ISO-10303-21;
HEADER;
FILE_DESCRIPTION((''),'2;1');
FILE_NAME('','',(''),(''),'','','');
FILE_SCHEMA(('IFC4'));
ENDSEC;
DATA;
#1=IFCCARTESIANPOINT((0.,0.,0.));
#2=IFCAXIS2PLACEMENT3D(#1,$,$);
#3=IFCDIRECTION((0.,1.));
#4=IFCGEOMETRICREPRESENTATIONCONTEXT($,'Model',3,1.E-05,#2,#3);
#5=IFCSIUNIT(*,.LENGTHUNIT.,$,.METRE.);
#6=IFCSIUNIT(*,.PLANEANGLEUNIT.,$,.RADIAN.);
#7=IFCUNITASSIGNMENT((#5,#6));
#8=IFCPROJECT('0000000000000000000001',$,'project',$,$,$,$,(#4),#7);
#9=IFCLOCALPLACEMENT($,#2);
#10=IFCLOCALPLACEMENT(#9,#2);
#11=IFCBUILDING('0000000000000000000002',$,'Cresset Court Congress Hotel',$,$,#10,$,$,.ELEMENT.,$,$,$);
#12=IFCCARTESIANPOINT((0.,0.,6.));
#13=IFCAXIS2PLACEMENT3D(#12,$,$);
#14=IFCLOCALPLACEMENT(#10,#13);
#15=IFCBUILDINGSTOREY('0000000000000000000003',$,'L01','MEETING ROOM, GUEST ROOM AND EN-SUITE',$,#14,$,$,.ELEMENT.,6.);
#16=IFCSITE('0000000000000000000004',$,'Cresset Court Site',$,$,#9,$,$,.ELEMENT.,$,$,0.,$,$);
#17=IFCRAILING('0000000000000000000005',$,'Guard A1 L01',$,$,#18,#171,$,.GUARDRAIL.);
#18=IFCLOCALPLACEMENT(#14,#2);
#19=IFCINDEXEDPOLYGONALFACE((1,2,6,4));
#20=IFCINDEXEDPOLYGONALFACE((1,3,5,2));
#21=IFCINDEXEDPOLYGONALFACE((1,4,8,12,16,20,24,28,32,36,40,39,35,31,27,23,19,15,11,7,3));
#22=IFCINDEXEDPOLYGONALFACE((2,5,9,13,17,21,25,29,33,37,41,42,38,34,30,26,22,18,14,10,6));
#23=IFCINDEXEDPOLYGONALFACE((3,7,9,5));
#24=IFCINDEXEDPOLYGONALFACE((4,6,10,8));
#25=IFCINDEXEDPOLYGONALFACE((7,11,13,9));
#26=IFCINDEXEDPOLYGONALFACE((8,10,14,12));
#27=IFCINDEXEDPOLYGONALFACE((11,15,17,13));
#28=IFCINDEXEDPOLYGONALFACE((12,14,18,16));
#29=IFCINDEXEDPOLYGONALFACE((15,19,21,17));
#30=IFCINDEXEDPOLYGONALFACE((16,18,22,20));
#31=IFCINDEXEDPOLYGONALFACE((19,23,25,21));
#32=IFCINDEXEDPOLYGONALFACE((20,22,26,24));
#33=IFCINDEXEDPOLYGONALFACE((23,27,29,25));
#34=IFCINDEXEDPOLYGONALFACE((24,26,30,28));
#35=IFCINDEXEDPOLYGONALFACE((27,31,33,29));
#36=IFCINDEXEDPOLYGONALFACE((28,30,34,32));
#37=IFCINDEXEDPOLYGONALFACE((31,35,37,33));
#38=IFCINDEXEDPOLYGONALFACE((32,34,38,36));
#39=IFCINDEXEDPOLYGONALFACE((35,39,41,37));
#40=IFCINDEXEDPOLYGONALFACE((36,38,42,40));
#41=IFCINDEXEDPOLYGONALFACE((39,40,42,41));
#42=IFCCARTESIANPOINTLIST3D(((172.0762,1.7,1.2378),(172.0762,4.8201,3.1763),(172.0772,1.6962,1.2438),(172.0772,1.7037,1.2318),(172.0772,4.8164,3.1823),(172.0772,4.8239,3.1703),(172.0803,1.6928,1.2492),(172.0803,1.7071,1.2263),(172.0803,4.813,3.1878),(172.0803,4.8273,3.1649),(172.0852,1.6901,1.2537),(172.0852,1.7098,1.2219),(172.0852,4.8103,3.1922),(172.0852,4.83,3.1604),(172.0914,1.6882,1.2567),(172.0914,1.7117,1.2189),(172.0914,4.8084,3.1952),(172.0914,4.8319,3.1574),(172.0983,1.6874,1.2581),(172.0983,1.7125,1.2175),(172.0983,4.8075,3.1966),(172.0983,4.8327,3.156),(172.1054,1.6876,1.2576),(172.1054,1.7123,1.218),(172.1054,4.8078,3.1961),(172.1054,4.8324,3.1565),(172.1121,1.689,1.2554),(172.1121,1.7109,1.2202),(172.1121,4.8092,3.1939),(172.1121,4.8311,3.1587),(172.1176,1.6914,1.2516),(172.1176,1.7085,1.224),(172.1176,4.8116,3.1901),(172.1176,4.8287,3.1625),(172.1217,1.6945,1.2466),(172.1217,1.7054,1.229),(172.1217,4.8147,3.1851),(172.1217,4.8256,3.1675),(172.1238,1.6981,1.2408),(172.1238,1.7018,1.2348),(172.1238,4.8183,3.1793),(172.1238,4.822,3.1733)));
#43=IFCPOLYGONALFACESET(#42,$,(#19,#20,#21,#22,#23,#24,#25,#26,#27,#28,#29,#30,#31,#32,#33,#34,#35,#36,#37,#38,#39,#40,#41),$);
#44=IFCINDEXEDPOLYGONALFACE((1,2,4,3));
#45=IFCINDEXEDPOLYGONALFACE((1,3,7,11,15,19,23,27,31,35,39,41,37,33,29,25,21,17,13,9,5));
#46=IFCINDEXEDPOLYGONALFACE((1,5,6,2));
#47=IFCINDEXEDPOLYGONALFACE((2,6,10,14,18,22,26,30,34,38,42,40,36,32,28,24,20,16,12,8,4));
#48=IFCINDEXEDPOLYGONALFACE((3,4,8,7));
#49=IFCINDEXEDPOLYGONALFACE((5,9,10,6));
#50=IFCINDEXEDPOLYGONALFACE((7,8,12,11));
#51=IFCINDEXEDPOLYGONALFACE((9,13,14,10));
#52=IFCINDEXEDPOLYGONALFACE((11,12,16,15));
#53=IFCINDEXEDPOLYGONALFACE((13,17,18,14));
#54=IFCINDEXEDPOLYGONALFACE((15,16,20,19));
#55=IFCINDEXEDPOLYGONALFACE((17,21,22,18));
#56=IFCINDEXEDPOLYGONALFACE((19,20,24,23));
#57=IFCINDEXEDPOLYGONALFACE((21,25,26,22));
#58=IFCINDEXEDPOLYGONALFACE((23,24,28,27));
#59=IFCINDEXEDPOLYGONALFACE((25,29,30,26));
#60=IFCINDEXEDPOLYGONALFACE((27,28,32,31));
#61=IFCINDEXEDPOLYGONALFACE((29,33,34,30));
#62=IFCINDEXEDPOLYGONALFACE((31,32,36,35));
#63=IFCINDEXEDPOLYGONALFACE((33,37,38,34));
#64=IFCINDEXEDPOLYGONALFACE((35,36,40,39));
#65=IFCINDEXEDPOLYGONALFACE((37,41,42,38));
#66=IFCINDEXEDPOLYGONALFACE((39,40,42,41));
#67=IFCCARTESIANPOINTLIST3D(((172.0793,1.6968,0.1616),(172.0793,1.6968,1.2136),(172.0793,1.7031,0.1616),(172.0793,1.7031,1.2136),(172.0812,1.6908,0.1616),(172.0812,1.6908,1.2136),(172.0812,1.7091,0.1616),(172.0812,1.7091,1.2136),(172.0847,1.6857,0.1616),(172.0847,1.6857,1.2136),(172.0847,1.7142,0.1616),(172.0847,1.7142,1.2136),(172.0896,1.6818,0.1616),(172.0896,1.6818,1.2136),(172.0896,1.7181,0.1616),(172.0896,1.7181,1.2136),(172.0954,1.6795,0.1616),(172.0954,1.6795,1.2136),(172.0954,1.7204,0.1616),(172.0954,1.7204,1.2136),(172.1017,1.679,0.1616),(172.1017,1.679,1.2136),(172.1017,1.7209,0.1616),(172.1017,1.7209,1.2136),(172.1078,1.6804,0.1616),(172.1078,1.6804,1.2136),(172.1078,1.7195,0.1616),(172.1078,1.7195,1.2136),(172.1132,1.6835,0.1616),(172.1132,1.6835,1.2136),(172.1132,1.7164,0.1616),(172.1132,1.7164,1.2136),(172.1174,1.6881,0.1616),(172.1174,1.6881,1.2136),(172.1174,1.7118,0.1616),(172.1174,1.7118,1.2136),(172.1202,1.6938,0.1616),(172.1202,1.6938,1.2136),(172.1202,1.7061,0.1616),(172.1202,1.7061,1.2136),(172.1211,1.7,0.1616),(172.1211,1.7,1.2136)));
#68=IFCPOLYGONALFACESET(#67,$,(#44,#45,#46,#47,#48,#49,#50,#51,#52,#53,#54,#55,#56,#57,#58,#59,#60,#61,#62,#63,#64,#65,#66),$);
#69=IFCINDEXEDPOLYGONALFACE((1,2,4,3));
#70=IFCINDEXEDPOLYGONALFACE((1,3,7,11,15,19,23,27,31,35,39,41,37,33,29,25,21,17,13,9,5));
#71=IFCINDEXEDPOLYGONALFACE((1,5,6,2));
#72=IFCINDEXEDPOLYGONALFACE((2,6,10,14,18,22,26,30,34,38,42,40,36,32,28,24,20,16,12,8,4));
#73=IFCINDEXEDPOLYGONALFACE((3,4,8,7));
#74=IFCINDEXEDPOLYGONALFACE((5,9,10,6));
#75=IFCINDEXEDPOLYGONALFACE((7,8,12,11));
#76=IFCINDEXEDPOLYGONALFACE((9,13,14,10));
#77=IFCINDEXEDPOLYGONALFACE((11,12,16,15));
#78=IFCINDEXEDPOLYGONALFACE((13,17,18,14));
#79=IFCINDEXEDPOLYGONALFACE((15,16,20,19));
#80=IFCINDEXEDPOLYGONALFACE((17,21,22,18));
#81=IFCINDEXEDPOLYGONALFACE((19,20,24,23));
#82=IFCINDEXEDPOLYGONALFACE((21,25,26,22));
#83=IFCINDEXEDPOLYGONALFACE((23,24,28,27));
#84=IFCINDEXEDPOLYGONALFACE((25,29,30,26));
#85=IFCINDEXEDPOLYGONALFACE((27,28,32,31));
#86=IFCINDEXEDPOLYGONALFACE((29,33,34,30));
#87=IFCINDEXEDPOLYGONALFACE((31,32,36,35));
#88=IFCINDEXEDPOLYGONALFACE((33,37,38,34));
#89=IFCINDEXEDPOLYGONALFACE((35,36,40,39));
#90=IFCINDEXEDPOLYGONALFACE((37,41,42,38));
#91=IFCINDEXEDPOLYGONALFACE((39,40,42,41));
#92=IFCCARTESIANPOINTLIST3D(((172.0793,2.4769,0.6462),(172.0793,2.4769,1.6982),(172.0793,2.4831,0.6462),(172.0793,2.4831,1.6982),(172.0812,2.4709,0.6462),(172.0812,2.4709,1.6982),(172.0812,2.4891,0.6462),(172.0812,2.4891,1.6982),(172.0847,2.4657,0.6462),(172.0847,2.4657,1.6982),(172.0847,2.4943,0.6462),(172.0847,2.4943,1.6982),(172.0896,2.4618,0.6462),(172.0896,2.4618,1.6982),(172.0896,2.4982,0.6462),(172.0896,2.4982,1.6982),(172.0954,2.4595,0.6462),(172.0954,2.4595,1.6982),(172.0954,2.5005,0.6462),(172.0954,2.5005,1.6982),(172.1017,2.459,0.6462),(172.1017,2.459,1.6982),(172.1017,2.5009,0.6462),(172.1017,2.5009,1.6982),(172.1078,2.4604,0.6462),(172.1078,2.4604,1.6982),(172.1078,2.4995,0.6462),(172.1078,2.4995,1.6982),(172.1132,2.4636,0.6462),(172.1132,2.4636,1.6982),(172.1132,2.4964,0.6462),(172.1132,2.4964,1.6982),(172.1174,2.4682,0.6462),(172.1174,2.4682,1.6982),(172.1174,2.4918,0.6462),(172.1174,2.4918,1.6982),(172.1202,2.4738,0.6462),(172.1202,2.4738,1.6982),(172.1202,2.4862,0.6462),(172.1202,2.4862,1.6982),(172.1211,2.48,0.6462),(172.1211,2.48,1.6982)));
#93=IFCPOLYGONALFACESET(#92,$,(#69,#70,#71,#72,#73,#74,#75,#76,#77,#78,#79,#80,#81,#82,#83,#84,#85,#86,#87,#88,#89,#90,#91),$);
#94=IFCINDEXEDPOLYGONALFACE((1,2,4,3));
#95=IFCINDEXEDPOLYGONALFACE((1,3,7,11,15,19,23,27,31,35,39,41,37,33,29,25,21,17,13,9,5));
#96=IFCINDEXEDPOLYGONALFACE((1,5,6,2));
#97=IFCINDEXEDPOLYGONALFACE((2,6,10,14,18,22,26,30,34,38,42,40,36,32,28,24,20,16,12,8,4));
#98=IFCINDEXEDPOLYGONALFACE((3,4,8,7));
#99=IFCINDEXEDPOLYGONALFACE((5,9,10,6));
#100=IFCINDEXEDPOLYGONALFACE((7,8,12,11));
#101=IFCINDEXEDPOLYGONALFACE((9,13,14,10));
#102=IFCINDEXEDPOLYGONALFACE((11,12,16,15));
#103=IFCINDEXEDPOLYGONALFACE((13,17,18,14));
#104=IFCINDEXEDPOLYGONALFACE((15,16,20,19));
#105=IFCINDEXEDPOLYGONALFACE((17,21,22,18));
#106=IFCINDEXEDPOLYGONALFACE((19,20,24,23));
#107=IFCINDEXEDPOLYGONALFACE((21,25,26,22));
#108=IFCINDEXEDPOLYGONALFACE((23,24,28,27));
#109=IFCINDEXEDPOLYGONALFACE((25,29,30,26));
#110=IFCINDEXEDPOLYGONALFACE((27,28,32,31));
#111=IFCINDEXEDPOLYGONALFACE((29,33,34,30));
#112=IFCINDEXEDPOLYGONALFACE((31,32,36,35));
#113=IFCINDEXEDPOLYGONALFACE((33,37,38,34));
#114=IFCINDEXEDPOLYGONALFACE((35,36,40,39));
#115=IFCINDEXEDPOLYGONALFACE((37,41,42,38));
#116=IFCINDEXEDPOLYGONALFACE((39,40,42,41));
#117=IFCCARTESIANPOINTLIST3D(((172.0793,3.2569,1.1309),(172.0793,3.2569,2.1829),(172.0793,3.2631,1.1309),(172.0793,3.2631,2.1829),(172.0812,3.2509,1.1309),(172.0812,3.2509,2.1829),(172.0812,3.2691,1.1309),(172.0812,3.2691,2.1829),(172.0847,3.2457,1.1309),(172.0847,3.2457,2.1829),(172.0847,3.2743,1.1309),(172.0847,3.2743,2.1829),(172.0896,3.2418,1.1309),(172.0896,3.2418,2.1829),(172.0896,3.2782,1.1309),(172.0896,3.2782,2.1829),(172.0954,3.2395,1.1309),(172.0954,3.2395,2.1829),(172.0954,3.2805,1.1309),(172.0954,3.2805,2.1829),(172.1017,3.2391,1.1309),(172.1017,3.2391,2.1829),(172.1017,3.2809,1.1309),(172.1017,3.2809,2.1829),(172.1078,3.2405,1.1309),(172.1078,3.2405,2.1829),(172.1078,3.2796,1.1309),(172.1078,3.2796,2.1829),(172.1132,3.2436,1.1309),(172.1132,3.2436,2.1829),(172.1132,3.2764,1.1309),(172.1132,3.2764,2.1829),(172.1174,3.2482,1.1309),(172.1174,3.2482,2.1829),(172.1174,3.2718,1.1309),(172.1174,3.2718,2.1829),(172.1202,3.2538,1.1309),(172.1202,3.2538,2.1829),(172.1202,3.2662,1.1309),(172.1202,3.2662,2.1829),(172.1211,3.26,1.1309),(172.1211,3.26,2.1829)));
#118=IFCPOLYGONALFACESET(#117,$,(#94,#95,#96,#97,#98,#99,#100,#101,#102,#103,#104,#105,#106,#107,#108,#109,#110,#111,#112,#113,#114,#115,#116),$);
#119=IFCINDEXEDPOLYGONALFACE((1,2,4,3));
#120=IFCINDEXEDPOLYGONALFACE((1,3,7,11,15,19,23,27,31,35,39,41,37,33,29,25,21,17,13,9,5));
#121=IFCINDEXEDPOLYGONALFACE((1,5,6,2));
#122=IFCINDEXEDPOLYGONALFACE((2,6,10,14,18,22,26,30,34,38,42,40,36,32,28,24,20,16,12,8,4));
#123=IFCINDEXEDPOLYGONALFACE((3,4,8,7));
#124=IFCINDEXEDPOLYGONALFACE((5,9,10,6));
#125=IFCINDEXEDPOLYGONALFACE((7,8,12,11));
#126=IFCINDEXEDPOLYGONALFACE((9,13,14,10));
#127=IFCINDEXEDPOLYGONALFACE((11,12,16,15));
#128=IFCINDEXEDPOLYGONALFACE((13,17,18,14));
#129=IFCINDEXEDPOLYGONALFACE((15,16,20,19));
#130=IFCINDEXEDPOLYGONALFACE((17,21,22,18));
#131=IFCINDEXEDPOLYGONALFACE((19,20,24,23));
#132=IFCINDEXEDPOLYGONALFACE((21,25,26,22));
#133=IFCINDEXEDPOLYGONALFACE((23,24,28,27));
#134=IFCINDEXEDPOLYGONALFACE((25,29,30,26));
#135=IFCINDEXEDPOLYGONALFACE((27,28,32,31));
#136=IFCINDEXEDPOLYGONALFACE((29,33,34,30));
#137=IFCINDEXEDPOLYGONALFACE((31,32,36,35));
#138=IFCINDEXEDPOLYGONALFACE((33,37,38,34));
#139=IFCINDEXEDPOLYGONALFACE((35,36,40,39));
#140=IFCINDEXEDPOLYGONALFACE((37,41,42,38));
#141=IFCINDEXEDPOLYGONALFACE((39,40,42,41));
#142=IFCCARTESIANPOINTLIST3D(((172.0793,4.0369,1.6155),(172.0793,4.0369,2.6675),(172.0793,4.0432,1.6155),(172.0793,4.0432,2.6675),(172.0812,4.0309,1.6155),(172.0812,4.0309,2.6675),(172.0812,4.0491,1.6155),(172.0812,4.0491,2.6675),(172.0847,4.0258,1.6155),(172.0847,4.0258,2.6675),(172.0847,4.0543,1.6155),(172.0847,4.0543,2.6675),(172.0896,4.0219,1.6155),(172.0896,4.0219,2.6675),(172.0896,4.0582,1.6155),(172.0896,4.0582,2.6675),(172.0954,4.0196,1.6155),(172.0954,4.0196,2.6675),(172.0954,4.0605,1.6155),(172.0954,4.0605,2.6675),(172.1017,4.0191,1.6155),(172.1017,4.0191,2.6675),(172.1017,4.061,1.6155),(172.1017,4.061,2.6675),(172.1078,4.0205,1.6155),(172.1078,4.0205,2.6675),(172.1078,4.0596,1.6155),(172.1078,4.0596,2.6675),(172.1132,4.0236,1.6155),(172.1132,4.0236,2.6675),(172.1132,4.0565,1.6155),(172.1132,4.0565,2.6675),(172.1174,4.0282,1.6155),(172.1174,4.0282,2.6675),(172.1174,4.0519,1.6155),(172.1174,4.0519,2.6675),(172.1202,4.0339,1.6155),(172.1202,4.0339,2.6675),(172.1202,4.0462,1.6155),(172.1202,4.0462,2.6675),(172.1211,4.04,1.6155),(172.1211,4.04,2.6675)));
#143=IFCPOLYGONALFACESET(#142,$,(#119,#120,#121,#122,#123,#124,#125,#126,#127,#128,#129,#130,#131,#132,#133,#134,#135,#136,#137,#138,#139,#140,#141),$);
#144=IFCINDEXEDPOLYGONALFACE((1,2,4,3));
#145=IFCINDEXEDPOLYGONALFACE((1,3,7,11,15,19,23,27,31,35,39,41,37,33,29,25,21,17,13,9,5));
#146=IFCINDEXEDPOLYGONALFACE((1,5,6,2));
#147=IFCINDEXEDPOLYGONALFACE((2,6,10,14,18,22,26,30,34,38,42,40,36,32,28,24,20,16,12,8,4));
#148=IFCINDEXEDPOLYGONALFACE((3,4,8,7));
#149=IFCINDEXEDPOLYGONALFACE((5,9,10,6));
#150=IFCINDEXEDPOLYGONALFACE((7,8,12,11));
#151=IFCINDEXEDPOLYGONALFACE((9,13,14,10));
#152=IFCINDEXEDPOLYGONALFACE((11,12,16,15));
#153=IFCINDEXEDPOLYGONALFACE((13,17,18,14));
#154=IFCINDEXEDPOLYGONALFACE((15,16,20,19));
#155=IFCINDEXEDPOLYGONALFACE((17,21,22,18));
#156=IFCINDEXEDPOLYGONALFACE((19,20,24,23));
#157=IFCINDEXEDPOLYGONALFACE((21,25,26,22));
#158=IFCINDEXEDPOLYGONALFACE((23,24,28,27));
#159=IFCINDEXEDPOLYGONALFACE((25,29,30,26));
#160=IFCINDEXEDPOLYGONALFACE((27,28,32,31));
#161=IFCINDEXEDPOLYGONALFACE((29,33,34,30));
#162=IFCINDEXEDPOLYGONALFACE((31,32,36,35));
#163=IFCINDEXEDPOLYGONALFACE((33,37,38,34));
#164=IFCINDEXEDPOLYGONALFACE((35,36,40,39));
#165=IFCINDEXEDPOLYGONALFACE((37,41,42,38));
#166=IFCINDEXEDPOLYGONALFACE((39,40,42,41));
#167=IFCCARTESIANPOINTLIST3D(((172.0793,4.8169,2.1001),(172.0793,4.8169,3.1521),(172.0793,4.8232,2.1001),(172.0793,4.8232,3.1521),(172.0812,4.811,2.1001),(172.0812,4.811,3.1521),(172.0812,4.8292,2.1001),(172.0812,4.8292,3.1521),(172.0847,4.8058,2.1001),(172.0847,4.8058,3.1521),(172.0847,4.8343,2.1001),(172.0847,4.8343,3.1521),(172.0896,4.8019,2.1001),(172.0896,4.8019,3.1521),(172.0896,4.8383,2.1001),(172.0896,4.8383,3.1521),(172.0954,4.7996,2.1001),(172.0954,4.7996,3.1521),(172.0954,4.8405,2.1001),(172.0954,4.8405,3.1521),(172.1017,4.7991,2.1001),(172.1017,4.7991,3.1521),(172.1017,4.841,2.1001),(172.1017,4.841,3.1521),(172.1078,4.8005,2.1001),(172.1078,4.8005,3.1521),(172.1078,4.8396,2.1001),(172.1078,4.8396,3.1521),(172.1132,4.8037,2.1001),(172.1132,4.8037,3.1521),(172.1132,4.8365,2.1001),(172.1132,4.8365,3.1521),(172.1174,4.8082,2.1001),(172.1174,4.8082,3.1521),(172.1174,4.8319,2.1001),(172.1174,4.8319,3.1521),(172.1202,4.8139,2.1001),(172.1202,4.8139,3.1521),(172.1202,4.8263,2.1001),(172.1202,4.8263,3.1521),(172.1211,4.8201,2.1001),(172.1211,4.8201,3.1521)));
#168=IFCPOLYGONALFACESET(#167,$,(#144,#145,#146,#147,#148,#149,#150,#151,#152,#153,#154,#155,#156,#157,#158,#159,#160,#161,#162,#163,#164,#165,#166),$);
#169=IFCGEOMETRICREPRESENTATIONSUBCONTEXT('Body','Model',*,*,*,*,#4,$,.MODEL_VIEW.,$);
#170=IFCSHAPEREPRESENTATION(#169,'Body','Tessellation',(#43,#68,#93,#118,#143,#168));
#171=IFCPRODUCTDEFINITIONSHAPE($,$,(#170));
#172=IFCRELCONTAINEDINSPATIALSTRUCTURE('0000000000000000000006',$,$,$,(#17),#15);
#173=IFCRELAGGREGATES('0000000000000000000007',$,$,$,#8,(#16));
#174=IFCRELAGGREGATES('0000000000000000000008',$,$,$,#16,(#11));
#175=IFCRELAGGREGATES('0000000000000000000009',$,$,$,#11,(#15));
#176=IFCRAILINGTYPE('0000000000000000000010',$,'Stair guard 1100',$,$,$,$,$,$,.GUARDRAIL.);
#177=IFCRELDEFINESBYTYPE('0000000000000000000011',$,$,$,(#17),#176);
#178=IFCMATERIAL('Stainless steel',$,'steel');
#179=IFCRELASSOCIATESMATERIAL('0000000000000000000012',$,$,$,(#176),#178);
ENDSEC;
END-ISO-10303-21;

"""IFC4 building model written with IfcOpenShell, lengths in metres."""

from ifc_helpers import new_model, si_unit, direction, frame, origin, origin_2d, place, context, subcontext, project, spatial, circle, extrude, material, type_object, element, save


model = new_model("IFC4")

# Units and contexts
model_context = context("Model", 3, precision=1e-05, world=origin(), true_north=direction((0.0, 1.0)))
body_context = subcontext(model_context, "Body", "Model", "MODEL_VIEW")
ifc_project = project(units=[si_unit("LENGTHUNIT", "METRE"), si_unit("PLANEANGLEUNIT", "RADIAN")], contexts=[model_context])

# Site, building, storey
site_placement = place(None, origin())
site = spatial("IfcSite", under=ifc_project, at=site_placement, Name="Cresset Court Site", CompositionType="ELEMENT", RefElevation=0.0)
building_placement = place(site_placement, origin())
building = spatial("IfcBuilding", under=site, at=building_placement, Name="Cresset Court Congress Hotel", CompositionType="ELEMENT")
storey_placement = place(building_placement, frame((0.0, 0.0, 6.0)))
storey = spatial("IfcBuildingStorey", under=building, at=storey_placement, Name="L01", Description="MEETING ROOM, GUEST ROOM AND EN-SUITE", CompositionType="ELEMENT", Elevation=6.0)

# Railing
ifc_material_1 = material(Name="Stainless steel", Category="steel")
railing_type_1 = type_object("IfcRailingType", Name="Stair guard 1100", PredefinedType="GUARDRAIL", material=ifc_material_1)
railing_1_placement = place(storey_placement, frame((172.1001, 1.7, 0.1616)))
element("IfcRailing", 1, at=railing_1_placement, inside=storey, type_object=railing_type_1, Name="Guard A1 L01", PredefinedType="GUARDRAIL", context=body_context, shape_type="SweptSolid", body=[
    extrude(circle(Radius=0.0239, at=origin_2d()), frame((0.0, 0.0, 1.0762), z_axis=(0.0, 0.849414, 0.527727), x_axis=(-1.0, 0.0, 0.0)), (0.0, 0.0, 1.0), 3.6733),
    extrude(circle(Radius=0.021, at=origin_2d()), origin(), (0.0, 0.0, 1.0), 1.052),
    extrude(circle(Radius=0.021, at=origin_2d()), frame((0.0, 0.78, 0.4846)), (0.0, 0.0, 1.0), 1.052),
    extrude(circle(Radius=0.021, at=origin_2d()), frame((0.0, 1.5601, 0.9692)), (0.0, 0.0, 1.0), 1.052),
    extrude(circle(Radius=0.021, at=origin_2d()), frame((0.0, 2.3401, 1.4539)), (0.0, 0.0, 1.0), 1.052),
    extrude(circle(Radius=0.021, at=origin_2d()), frame((0.0, 3.1201, 1.9385)), (0.0, 0.0, 1.0), 1.052),
])

save(model, "model.ifc")
